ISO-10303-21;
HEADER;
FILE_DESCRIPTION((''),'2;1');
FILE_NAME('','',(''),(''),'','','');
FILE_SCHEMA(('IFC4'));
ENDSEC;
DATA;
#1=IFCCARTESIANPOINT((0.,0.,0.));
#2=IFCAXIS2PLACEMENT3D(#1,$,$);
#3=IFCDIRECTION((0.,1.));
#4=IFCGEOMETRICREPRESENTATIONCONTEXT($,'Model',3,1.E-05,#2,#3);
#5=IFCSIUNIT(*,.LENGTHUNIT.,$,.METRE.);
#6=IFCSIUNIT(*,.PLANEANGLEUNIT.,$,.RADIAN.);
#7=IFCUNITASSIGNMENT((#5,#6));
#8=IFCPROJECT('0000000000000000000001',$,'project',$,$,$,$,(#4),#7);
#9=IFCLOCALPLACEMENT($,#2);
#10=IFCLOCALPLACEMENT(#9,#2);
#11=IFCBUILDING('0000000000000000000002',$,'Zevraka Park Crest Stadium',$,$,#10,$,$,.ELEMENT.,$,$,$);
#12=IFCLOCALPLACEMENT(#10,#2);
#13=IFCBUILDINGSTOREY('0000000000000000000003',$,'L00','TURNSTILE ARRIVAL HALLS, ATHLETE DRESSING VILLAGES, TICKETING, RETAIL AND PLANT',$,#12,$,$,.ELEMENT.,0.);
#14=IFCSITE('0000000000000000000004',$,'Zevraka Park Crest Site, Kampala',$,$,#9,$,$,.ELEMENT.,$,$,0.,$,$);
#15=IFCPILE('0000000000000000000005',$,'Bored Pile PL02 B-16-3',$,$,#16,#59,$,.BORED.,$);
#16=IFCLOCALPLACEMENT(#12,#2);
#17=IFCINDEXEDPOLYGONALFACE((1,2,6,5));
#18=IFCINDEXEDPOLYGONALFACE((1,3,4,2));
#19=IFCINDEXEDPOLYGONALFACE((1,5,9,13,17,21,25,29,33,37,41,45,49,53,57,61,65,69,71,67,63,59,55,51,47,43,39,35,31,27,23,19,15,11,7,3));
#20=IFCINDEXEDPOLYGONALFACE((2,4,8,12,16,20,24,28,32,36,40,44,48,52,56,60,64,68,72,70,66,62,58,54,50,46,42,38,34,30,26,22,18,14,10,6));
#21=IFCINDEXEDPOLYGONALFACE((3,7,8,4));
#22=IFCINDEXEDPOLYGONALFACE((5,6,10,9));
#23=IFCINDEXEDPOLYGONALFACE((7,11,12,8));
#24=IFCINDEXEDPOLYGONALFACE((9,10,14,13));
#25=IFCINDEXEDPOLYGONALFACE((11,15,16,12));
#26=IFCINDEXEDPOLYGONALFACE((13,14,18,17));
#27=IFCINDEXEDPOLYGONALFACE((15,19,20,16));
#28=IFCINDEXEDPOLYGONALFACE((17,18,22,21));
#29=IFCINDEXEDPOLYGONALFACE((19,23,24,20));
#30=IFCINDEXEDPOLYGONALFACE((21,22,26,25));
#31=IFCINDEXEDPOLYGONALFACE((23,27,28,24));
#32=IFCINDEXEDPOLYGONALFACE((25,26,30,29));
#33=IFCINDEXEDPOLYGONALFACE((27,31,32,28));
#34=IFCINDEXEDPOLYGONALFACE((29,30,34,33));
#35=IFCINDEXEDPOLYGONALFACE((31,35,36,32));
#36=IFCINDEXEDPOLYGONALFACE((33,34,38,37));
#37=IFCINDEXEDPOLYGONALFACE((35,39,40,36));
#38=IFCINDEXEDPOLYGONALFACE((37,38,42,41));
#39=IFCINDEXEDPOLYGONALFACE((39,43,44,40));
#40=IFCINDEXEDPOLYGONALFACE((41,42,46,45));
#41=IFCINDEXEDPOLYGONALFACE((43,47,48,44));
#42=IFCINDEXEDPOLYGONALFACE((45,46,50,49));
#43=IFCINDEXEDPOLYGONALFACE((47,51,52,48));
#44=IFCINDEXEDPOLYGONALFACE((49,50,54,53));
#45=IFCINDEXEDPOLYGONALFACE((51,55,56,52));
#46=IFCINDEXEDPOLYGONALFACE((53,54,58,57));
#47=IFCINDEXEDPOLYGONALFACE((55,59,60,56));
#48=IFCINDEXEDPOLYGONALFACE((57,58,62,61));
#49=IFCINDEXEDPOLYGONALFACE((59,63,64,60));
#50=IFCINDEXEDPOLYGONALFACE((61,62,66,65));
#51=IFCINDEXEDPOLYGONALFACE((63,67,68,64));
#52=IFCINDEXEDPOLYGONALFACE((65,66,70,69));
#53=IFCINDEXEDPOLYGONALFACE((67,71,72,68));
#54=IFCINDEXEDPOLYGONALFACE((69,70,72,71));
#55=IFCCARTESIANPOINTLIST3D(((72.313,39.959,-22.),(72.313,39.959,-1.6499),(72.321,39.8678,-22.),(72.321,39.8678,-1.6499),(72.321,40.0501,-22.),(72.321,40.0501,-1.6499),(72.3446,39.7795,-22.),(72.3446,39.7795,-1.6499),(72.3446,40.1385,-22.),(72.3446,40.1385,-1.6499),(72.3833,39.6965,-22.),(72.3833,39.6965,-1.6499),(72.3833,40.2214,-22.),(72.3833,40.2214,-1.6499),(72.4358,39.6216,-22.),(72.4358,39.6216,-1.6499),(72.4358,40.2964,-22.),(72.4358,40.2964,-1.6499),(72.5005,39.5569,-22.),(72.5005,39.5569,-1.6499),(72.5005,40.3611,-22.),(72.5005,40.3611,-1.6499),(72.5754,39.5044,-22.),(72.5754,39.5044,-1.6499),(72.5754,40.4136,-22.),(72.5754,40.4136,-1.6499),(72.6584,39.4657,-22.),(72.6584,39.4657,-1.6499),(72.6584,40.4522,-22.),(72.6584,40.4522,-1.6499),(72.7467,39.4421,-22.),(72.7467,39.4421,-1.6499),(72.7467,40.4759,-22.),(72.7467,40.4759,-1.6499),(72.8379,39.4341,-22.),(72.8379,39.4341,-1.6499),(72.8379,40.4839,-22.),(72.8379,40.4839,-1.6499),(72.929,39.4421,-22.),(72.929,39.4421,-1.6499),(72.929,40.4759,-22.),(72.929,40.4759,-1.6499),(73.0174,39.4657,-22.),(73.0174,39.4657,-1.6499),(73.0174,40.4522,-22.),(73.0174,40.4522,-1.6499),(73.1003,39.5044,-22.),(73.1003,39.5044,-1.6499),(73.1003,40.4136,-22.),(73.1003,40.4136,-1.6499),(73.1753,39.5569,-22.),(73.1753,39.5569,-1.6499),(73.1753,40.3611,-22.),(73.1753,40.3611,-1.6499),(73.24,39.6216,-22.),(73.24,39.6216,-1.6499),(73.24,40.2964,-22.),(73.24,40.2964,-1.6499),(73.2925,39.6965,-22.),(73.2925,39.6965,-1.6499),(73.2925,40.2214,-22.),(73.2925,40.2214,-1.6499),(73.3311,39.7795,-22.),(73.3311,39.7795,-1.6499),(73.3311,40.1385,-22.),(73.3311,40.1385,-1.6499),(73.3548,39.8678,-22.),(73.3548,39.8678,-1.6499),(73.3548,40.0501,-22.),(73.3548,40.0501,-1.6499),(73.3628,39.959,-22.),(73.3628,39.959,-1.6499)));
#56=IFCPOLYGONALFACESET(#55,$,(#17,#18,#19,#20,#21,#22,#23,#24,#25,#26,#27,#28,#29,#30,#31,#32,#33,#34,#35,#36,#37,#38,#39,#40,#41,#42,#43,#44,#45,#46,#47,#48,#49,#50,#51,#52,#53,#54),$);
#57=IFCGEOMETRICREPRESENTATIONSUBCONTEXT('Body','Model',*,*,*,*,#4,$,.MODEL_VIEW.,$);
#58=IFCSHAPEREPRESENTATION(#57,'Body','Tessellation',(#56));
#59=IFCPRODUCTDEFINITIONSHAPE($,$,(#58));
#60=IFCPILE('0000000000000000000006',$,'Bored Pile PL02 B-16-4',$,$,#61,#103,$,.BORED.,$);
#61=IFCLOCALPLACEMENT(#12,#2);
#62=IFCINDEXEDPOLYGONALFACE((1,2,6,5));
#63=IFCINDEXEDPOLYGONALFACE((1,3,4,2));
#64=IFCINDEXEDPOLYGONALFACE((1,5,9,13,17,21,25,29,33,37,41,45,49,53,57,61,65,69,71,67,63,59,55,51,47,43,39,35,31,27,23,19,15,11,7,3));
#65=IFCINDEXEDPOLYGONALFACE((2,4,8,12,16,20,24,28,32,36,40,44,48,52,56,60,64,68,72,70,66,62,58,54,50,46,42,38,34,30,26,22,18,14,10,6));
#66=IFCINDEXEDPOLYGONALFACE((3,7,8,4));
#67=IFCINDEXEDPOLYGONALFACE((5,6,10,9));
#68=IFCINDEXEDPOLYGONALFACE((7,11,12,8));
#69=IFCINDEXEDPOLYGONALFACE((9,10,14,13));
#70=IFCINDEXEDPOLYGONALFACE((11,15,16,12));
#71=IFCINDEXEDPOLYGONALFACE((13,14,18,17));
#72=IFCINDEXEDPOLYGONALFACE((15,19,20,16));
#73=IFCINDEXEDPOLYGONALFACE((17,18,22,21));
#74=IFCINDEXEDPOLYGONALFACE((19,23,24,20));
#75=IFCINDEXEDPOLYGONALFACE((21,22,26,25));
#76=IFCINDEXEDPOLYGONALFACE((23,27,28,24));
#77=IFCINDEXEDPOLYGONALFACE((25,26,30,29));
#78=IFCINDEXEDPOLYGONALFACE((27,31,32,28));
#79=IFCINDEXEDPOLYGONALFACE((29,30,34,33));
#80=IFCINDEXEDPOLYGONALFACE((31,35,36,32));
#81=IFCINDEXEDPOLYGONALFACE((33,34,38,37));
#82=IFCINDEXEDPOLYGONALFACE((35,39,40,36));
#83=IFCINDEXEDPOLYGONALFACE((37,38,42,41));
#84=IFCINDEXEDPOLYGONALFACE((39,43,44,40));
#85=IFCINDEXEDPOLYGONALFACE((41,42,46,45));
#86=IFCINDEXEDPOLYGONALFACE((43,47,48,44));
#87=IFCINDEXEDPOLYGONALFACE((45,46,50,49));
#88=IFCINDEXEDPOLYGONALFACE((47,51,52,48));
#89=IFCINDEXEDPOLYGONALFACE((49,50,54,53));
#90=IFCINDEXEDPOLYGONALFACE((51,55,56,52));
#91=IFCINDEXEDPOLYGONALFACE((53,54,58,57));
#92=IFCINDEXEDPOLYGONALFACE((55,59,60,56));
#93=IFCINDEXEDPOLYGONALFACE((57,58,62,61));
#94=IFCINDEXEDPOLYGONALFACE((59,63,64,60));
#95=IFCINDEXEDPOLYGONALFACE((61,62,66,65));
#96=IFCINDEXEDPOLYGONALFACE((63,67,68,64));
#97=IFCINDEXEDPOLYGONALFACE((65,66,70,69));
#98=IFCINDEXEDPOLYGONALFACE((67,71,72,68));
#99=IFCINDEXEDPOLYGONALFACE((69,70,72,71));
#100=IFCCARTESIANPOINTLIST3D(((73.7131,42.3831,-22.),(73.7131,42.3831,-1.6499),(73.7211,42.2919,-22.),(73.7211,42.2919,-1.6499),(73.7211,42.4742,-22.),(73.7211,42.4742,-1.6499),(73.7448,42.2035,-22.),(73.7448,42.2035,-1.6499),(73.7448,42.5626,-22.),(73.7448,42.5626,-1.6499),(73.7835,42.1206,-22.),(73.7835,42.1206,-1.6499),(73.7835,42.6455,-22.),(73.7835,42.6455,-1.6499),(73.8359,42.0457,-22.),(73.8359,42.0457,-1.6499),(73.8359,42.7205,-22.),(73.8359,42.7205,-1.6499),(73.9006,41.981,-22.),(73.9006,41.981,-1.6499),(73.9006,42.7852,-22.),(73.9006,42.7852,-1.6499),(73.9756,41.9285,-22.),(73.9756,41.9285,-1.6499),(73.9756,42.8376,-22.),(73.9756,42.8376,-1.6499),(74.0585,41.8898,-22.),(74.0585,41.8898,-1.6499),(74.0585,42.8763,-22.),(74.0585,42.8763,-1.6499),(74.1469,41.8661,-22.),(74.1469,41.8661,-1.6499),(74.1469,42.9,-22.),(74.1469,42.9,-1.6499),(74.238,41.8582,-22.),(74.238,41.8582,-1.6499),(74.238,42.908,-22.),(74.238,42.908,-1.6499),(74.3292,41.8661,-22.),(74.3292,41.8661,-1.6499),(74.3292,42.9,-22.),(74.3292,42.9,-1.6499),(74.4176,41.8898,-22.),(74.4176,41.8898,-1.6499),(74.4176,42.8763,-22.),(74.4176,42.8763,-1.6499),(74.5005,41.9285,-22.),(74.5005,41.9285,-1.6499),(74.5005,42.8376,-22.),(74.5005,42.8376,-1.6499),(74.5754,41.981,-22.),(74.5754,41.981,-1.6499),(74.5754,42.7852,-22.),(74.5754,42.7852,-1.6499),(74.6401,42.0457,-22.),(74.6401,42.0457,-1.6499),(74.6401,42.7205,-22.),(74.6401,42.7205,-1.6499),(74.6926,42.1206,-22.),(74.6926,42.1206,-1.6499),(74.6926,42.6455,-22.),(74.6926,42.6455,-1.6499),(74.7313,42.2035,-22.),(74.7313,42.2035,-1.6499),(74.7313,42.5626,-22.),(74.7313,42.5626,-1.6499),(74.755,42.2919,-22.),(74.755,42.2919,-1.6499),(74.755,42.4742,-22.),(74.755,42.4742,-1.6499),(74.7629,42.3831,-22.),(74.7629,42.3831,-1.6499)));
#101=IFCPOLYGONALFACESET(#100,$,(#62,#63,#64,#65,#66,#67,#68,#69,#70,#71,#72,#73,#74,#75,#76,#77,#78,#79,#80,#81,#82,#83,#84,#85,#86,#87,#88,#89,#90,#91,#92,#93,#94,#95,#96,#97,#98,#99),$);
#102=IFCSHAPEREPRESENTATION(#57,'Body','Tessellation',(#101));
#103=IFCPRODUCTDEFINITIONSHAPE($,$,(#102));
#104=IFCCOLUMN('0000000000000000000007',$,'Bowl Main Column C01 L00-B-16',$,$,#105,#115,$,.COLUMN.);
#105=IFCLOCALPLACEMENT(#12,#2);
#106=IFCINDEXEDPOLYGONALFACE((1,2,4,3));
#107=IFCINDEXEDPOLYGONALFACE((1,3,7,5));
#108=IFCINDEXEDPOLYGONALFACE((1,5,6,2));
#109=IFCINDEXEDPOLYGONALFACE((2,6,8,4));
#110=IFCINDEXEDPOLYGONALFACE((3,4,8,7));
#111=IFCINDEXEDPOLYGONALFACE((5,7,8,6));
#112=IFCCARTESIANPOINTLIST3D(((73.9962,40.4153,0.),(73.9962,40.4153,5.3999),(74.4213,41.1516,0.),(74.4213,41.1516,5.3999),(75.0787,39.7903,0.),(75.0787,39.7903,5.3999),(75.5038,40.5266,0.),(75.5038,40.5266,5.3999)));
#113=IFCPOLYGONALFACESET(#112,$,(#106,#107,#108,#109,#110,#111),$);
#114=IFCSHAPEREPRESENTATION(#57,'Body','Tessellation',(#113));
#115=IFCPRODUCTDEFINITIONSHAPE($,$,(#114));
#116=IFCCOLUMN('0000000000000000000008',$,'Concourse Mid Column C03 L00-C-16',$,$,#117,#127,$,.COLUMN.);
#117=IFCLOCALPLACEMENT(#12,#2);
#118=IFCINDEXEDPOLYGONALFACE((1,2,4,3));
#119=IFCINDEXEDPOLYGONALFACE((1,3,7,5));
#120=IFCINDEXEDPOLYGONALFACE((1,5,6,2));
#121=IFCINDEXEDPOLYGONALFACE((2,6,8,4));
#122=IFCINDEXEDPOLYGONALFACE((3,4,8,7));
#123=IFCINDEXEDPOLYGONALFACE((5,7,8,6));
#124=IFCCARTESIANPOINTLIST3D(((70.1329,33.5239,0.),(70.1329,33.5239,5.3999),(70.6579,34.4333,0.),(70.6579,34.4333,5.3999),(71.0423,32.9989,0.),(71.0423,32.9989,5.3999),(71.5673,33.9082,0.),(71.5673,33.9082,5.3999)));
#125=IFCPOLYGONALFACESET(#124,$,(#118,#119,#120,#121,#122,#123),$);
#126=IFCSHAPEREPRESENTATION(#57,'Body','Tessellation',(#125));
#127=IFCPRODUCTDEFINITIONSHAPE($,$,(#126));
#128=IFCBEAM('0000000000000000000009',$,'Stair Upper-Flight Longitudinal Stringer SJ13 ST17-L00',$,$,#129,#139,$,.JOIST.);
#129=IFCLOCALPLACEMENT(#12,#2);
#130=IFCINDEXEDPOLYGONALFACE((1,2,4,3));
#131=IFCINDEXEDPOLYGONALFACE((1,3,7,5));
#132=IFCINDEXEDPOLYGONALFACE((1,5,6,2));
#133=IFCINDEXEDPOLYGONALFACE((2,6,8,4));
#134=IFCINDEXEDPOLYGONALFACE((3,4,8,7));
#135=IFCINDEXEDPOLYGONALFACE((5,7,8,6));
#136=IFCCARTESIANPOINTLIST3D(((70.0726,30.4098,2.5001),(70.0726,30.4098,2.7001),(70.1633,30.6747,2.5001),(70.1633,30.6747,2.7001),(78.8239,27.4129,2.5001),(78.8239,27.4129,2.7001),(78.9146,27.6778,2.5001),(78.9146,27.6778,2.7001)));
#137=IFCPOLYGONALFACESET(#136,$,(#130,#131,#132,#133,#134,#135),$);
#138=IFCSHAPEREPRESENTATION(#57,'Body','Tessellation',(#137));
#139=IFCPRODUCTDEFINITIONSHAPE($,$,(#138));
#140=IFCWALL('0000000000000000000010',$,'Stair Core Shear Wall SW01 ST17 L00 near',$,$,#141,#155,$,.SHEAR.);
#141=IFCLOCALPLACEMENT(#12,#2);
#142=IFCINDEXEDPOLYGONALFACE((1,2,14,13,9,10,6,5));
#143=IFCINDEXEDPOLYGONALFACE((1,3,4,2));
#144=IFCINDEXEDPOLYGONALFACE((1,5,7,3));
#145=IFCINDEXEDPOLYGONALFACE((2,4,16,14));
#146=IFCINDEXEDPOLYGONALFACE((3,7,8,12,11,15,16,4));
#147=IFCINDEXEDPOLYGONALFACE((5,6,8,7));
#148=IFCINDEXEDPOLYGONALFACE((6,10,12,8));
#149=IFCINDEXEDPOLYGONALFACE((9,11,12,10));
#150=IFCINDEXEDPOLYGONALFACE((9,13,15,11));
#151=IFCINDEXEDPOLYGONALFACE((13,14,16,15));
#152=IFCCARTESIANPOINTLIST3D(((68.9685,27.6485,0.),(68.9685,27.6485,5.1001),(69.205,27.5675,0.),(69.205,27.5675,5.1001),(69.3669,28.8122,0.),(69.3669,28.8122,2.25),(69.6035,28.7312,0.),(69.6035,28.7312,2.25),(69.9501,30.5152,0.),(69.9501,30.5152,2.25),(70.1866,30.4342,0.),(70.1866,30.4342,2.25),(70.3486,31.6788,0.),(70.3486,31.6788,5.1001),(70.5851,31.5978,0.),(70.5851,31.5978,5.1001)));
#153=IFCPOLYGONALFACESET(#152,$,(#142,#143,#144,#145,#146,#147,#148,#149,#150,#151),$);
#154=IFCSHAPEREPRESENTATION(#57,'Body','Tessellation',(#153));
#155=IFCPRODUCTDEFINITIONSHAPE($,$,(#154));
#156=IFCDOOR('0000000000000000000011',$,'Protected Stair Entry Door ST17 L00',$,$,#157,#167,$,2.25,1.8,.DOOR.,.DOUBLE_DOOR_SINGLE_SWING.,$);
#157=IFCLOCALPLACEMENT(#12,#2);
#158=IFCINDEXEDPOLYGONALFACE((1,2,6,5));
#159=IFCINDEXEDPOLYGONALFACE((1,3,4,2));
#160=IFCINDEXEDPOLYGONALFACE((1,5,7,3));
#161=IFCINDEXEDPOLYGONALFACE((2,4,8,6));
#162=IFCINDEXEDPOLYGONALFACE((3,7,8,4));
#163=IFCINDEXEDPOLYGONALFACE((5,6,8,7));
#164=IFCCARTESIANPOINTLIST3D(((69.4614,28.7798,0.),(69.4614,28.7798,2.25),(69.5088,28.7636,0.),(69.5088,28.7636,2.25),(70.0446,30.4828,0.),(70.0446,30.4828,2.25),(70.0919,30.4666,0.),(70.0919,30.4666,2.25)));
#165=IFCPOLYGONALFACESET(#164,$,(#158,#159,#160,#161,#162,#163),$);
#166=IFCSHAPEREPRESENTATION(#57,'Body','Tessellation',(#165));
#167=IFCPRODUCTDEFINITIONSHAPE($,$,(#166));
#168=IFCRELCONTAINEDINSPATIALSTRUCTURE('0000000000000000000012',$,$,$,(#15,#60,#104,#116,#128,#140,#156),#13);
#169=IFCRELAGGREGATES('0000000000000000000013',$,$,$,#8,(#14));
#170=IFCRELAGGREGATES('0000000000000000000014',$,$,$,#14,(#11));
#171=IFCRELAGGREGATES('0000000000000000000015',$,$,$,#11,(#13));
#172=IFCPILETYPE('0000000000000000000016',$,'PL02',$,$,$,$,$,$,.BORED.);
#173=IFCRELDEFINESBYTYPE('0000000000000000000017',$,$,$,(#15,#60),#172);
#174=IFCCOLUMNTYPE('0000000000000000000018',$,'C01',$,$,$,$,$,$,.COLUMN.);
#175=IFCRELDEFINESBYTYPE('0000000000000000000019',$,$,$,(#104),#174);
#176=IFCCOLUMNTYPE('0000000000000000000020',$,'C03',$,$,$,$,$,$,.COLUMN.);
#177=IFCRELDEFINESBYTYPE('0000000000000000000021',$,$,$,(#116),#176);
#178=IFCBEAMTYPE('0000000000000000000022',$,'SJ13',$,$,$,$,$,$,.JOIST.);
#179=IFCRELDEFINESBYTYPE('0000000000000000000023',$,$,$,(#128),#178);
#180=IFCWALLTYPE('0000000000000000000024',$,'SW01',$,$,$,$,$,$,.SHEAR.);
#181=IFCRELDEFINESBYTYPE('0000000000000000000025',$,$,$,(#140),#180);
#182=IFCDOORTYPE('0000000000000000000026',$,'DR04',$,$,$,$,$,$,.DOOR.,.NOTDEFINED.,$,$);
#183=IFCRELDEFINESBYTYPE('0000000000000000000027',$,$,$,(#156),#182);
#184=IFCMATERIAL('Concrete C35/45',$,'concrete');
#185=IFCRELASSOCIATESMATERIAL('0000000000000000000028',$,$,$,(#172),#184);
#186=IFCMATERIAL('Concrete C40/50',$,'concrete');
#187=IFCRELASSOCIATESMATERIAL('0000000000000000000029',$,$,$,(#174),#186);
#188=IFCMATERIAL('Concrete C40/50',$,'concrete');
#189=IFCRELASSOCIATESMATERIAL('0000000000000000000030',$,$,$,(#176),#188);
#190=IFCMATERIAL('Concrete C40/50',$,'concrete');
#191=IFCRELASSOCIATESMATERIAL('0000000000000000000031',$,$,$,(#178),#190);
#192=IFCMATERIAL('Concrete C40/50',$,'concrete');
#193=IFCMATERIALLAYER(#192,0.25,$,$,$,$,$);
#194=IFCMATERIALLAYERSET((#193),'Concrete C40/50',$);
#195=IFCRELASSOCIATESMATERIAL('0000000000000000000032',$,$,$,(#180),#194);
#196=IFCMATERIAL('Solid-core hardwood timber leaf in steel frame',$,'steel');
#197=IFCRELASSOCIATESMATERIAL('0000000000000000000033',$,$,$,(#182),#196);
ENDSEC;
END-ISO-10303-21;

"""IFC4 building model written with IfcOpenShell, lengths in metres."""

from ifc_helpers import new_model, si_unit, direction, frame, frame_2d, origin, origin_2d, place, context, subcontext, project, spatial, rectangle, circle, extrude, material, layer, layer_set, material_profile, profile_set, type_object, element, fill, save


model = new_model("IFC4")

# Units and contexts
model_context = context("Model", 3, precision=1e-05, world=origin(), true_north=direction((0.0, 1.0)))
body_context = subcontext(model_context, "Body", "Model", "MODEL_VIEW")
ifc_project = project(units=[si_unit("LENGTHUNIT", "METRE"), si_unit("PLANEANGLEUNIT", "RADIAN")], contexts=[model_context])

# Site, building, storey
site_placement = place(None, origin())
site = spatial("IfcSite", under=ifc_project, at=site_placement, Name="Zevraka Park Crest Site, Kampala", CompositionType="ELEMENT", RefElevation=0.0)
building_placement = place(site_placement, origin())
building = spatial("IfcBuilding", under=site, at=building_placement, Name="Zevraka Park Crest Stadium", CompositionType="ELEMENT")
storey_placement = place(building_placement, origin())
storey = spatial("IfcBuildingStorey", under=building, at=storey_placement, Name="L00", Description="TURNSTILE ARRIVAL HALLS, ATHLETE DRESSING VILLAGES, TICKETING, RETAIL AND PLANT", CompositionType="ELEMENT", Elevation=0.0)

# Piles
ifc_material_1 = material(Name="Concrete C35/45", Category="concrete")
ifc_material_profile_1 = material_profile(ifc_material_1, circle(Radius=0.5249, at=origin_2d()), Name="PILE D1050")
ifc_profile_set_1 = profile_set([ifc_material_profile_1], Name="Concrete C35/45")
pile_type_1 = type_object("IfcPileType", Name="PL02", PredefinedType="BORED", material=ifc_profile_set_1)
for number, where, z_axis, x_axis, name in (
    (1, (72.8379, 39.959, -1.6499), (0.0, 0.0, -1.0), (1.0, 0.0, 0.0), "Bored Pile PL02 B-16-3"),
    (2, (74.238, 42.3831, -1.6499), (0.0, 0.0, -1.0), (1.0, 0.0, 0.0), "Bored Pile PL02 B-16-4"),
):
    element("IfcPile", number, at=place(storey_placement, frame(where, z_axis=z_axis, x_axis=x_axis)), inside=storey, type_object=pile_type_1, Name=name, PredefinedType="BORED", context=body_context, shape_type="SweptSolid", body=[
        extrude(circle(Radius=0.5249, at=origin_2d()), origin(), (0.0, 0.0, 1.0), 20.3501),
    ])

# Columns
ifc_material_2 = material(Name="Concrete C40/50", Category="concrete")
ifc_material_profile_2 = material_profile(ifc_material_2, rectangle(XDim=0.8501, YDim=1.25, at=origin_2d()), Name="RC 1250x850")
ifc_profile_set_2 = profile_set([ifc_material_profile_2], Name="Concrete C40/50")
column_type_1 = type_object("IfcColumnType", Name="C01", PredefinedType="COLUMN", material=ifc_profile_set_2)
column_1_placement = place(storey_placement, frame((74.75, 40.4709, 0.0), z_axis=(0.0, 0.0, 1.0), x_axis=(0.5, 0.866025, 0.0)))
element("IfcColumn", 3, at=column_1_placement, inside=storey, type_object=column_type_1, Name="Bowl Main Column C01 L00-B-16", PredefinedType="COLUMN", context=body_context, shape_type="SweptSolid", body=[
    extrude(rectangle(XDim=0.8501, YDim=1.25, at=origin_2d()), origin(), (0.0, 0.0, 1.0), 5.3999),
])
ifc_material_3 = material(Name="Concrete C40/50", Category="concrete")
ifc_material_profile_3 = material_profile(ifc_material_3, rectangle(XDim=1.05, YDim=1.05, at=origin_2d()), Name="RC 1050x1050")
ifc_profile_set_3 = profile_set([ifc_material_profile_3], Name="Concrete C40/50")
column_type_2 = type_object("IfcColumnType", Name="C03", PredefinedType="COLUMN", material=ifc_profile_set_3)
column_2_placement = place(storey_placement, frame((70.8501, 33.7161, 0.0), z_axis=(0.0, 0.0, 1.0), x_axis=(0.5, 0.866025, 0.0)))
element("IfcColumn", 4, at=column_2_placement, inside=storey, type_object=column_type_2, Name="Concourse Mid Column C03 L00-C-16", PredefinedType="COLUMN", context=body_context, shape_type="SweptSolid", body=[
    extrude(rectangle(XDim=1.05, YDim=1.05, at=origin_2d()), origin(), (0.0, 0.0, 1.0), 5.3999),
])

# Beam
ifc_material_4 = material(Name="Concrete C40/50", Category="concrete")
ifc_material_profile_4 = material_profile(ifc_material_4, rectangle(XDim=0.28, YDim=0.2, at=origin_2d()), Name="RC 200x280")
ifc_profile_set_4 = profile_set([ifc_material_profile_4], Name="Concrete C40/50")
beam_type = type_object("IfcBeamType", Name="SJ13", PredefinedType="JOIST", material=ifc_profile_set_4)
beam_placement = place(storey_placement, frame((70.1179, 30.5422, 2.6001), z_axis=(0.946065, -0.323977, 0.0), x_axis=(0.323977, 0.946065, 0.0)))
element("IfcBeam", 5, at=beam_placement, inside=storey, type_object=beam_type, Name="Stair Upper-Flight Longitudinal Stringer SJ13 ST17-L00", PredefinedType="JOIST", context=body_context, shape_type="SweptSolid", body=[
    extrude(rectangle(XDim=0.28, YDim=0.2, at=origin_2d()), origin(), (0.0, 0.0, 1.0), 9.2502),
])

# Wall, opening, door
ifc_material_5 = material(Name="Concrete C40/50", Category="concrete")
ifc_layer = layer(ifc_material_5, 0.25)
ifc_layer_set = layer_set([ifc_layer], Name="Concrete C40/50")
wall_type = type_object("IfcWallType", Name="SW01", PredefinedType="SHEAR", material=ifc_layer_set)
wall_placement = place(storey_placement, frame((70.4668, 31.6382, 0.0), z_axis=(0.0, 0.0, 1.0), x_axis=(-0.323971, -0.946067, 0.0)))
wall = element("IfcWall", 6, at=wall_placement, inside=storey, type_object=wall_type, Name="Stair Core Shear Wall SW01 ST17 L00 near", PredefinedType="SHEAR", context=body_context, shape_type="SweptSolid", body=[
    extrude(rectangle(XDim=4.26, YDim=0.25, at=frame_2d((2.1299, 0.0))), origin(), (0.0, 0.0, 1.0), 5.1001),
])
opening_placement = place(wall_placement, frame((1.23, 0.0, 0.0)))
opening = element("IfcOpeningElement", 7, at=opening_placement, cuts=wall, PredefinedType="OPENING", context=body_context, shape_type="SweptSolid", body=[
    extrude(rectangle(XDim=1.8, YDim=2.25, at=frame_2d((0.8999, 1.125))), frame((0.0, 0.135, 0.0), z_axis=(0.0, -1.0, 0.0), x_axis=(1.0, 0.0, 0.0)), (0.0, 0.0, 1.0), 0.27),
])
ifc_material_6 = material(Name="Solid-core hardwood timber leaf in steel frame", Category="steel")
door_type = type_object("IfcDoorType", Name="DR04", OperationType="NOTDEFINED", PredefinedType="DOOR", material=ifc_material_6)
door_placement = place(opening_placement, origin())
door = element("IfcDoor", 8, at=door_placement, inside=storey, type_object=door_type, Name="Protected Stair Entry Door ST17 L00", OperationType="DOUBLE_DOOR_SINGLE_SWING", OverallHeight=2.25, OverallWidth=1.8, PredefinedType="DOOR", context=body_context, shape_type="SweptSolid", body=[
    extrude(rectangle(XDim=1.8, YDim=2.25, at=frame_2d((0.8999, 1.125))), frame((0.0, 0.0249, 0.0), z_axis=(0.0, -1.0, 0.0), x_axis=(1.0, 0.0, 0.0)), (0.0, 0.0, 1.0), 0.05),
])
fill(opening, door)

save(model, "model.ifc")
